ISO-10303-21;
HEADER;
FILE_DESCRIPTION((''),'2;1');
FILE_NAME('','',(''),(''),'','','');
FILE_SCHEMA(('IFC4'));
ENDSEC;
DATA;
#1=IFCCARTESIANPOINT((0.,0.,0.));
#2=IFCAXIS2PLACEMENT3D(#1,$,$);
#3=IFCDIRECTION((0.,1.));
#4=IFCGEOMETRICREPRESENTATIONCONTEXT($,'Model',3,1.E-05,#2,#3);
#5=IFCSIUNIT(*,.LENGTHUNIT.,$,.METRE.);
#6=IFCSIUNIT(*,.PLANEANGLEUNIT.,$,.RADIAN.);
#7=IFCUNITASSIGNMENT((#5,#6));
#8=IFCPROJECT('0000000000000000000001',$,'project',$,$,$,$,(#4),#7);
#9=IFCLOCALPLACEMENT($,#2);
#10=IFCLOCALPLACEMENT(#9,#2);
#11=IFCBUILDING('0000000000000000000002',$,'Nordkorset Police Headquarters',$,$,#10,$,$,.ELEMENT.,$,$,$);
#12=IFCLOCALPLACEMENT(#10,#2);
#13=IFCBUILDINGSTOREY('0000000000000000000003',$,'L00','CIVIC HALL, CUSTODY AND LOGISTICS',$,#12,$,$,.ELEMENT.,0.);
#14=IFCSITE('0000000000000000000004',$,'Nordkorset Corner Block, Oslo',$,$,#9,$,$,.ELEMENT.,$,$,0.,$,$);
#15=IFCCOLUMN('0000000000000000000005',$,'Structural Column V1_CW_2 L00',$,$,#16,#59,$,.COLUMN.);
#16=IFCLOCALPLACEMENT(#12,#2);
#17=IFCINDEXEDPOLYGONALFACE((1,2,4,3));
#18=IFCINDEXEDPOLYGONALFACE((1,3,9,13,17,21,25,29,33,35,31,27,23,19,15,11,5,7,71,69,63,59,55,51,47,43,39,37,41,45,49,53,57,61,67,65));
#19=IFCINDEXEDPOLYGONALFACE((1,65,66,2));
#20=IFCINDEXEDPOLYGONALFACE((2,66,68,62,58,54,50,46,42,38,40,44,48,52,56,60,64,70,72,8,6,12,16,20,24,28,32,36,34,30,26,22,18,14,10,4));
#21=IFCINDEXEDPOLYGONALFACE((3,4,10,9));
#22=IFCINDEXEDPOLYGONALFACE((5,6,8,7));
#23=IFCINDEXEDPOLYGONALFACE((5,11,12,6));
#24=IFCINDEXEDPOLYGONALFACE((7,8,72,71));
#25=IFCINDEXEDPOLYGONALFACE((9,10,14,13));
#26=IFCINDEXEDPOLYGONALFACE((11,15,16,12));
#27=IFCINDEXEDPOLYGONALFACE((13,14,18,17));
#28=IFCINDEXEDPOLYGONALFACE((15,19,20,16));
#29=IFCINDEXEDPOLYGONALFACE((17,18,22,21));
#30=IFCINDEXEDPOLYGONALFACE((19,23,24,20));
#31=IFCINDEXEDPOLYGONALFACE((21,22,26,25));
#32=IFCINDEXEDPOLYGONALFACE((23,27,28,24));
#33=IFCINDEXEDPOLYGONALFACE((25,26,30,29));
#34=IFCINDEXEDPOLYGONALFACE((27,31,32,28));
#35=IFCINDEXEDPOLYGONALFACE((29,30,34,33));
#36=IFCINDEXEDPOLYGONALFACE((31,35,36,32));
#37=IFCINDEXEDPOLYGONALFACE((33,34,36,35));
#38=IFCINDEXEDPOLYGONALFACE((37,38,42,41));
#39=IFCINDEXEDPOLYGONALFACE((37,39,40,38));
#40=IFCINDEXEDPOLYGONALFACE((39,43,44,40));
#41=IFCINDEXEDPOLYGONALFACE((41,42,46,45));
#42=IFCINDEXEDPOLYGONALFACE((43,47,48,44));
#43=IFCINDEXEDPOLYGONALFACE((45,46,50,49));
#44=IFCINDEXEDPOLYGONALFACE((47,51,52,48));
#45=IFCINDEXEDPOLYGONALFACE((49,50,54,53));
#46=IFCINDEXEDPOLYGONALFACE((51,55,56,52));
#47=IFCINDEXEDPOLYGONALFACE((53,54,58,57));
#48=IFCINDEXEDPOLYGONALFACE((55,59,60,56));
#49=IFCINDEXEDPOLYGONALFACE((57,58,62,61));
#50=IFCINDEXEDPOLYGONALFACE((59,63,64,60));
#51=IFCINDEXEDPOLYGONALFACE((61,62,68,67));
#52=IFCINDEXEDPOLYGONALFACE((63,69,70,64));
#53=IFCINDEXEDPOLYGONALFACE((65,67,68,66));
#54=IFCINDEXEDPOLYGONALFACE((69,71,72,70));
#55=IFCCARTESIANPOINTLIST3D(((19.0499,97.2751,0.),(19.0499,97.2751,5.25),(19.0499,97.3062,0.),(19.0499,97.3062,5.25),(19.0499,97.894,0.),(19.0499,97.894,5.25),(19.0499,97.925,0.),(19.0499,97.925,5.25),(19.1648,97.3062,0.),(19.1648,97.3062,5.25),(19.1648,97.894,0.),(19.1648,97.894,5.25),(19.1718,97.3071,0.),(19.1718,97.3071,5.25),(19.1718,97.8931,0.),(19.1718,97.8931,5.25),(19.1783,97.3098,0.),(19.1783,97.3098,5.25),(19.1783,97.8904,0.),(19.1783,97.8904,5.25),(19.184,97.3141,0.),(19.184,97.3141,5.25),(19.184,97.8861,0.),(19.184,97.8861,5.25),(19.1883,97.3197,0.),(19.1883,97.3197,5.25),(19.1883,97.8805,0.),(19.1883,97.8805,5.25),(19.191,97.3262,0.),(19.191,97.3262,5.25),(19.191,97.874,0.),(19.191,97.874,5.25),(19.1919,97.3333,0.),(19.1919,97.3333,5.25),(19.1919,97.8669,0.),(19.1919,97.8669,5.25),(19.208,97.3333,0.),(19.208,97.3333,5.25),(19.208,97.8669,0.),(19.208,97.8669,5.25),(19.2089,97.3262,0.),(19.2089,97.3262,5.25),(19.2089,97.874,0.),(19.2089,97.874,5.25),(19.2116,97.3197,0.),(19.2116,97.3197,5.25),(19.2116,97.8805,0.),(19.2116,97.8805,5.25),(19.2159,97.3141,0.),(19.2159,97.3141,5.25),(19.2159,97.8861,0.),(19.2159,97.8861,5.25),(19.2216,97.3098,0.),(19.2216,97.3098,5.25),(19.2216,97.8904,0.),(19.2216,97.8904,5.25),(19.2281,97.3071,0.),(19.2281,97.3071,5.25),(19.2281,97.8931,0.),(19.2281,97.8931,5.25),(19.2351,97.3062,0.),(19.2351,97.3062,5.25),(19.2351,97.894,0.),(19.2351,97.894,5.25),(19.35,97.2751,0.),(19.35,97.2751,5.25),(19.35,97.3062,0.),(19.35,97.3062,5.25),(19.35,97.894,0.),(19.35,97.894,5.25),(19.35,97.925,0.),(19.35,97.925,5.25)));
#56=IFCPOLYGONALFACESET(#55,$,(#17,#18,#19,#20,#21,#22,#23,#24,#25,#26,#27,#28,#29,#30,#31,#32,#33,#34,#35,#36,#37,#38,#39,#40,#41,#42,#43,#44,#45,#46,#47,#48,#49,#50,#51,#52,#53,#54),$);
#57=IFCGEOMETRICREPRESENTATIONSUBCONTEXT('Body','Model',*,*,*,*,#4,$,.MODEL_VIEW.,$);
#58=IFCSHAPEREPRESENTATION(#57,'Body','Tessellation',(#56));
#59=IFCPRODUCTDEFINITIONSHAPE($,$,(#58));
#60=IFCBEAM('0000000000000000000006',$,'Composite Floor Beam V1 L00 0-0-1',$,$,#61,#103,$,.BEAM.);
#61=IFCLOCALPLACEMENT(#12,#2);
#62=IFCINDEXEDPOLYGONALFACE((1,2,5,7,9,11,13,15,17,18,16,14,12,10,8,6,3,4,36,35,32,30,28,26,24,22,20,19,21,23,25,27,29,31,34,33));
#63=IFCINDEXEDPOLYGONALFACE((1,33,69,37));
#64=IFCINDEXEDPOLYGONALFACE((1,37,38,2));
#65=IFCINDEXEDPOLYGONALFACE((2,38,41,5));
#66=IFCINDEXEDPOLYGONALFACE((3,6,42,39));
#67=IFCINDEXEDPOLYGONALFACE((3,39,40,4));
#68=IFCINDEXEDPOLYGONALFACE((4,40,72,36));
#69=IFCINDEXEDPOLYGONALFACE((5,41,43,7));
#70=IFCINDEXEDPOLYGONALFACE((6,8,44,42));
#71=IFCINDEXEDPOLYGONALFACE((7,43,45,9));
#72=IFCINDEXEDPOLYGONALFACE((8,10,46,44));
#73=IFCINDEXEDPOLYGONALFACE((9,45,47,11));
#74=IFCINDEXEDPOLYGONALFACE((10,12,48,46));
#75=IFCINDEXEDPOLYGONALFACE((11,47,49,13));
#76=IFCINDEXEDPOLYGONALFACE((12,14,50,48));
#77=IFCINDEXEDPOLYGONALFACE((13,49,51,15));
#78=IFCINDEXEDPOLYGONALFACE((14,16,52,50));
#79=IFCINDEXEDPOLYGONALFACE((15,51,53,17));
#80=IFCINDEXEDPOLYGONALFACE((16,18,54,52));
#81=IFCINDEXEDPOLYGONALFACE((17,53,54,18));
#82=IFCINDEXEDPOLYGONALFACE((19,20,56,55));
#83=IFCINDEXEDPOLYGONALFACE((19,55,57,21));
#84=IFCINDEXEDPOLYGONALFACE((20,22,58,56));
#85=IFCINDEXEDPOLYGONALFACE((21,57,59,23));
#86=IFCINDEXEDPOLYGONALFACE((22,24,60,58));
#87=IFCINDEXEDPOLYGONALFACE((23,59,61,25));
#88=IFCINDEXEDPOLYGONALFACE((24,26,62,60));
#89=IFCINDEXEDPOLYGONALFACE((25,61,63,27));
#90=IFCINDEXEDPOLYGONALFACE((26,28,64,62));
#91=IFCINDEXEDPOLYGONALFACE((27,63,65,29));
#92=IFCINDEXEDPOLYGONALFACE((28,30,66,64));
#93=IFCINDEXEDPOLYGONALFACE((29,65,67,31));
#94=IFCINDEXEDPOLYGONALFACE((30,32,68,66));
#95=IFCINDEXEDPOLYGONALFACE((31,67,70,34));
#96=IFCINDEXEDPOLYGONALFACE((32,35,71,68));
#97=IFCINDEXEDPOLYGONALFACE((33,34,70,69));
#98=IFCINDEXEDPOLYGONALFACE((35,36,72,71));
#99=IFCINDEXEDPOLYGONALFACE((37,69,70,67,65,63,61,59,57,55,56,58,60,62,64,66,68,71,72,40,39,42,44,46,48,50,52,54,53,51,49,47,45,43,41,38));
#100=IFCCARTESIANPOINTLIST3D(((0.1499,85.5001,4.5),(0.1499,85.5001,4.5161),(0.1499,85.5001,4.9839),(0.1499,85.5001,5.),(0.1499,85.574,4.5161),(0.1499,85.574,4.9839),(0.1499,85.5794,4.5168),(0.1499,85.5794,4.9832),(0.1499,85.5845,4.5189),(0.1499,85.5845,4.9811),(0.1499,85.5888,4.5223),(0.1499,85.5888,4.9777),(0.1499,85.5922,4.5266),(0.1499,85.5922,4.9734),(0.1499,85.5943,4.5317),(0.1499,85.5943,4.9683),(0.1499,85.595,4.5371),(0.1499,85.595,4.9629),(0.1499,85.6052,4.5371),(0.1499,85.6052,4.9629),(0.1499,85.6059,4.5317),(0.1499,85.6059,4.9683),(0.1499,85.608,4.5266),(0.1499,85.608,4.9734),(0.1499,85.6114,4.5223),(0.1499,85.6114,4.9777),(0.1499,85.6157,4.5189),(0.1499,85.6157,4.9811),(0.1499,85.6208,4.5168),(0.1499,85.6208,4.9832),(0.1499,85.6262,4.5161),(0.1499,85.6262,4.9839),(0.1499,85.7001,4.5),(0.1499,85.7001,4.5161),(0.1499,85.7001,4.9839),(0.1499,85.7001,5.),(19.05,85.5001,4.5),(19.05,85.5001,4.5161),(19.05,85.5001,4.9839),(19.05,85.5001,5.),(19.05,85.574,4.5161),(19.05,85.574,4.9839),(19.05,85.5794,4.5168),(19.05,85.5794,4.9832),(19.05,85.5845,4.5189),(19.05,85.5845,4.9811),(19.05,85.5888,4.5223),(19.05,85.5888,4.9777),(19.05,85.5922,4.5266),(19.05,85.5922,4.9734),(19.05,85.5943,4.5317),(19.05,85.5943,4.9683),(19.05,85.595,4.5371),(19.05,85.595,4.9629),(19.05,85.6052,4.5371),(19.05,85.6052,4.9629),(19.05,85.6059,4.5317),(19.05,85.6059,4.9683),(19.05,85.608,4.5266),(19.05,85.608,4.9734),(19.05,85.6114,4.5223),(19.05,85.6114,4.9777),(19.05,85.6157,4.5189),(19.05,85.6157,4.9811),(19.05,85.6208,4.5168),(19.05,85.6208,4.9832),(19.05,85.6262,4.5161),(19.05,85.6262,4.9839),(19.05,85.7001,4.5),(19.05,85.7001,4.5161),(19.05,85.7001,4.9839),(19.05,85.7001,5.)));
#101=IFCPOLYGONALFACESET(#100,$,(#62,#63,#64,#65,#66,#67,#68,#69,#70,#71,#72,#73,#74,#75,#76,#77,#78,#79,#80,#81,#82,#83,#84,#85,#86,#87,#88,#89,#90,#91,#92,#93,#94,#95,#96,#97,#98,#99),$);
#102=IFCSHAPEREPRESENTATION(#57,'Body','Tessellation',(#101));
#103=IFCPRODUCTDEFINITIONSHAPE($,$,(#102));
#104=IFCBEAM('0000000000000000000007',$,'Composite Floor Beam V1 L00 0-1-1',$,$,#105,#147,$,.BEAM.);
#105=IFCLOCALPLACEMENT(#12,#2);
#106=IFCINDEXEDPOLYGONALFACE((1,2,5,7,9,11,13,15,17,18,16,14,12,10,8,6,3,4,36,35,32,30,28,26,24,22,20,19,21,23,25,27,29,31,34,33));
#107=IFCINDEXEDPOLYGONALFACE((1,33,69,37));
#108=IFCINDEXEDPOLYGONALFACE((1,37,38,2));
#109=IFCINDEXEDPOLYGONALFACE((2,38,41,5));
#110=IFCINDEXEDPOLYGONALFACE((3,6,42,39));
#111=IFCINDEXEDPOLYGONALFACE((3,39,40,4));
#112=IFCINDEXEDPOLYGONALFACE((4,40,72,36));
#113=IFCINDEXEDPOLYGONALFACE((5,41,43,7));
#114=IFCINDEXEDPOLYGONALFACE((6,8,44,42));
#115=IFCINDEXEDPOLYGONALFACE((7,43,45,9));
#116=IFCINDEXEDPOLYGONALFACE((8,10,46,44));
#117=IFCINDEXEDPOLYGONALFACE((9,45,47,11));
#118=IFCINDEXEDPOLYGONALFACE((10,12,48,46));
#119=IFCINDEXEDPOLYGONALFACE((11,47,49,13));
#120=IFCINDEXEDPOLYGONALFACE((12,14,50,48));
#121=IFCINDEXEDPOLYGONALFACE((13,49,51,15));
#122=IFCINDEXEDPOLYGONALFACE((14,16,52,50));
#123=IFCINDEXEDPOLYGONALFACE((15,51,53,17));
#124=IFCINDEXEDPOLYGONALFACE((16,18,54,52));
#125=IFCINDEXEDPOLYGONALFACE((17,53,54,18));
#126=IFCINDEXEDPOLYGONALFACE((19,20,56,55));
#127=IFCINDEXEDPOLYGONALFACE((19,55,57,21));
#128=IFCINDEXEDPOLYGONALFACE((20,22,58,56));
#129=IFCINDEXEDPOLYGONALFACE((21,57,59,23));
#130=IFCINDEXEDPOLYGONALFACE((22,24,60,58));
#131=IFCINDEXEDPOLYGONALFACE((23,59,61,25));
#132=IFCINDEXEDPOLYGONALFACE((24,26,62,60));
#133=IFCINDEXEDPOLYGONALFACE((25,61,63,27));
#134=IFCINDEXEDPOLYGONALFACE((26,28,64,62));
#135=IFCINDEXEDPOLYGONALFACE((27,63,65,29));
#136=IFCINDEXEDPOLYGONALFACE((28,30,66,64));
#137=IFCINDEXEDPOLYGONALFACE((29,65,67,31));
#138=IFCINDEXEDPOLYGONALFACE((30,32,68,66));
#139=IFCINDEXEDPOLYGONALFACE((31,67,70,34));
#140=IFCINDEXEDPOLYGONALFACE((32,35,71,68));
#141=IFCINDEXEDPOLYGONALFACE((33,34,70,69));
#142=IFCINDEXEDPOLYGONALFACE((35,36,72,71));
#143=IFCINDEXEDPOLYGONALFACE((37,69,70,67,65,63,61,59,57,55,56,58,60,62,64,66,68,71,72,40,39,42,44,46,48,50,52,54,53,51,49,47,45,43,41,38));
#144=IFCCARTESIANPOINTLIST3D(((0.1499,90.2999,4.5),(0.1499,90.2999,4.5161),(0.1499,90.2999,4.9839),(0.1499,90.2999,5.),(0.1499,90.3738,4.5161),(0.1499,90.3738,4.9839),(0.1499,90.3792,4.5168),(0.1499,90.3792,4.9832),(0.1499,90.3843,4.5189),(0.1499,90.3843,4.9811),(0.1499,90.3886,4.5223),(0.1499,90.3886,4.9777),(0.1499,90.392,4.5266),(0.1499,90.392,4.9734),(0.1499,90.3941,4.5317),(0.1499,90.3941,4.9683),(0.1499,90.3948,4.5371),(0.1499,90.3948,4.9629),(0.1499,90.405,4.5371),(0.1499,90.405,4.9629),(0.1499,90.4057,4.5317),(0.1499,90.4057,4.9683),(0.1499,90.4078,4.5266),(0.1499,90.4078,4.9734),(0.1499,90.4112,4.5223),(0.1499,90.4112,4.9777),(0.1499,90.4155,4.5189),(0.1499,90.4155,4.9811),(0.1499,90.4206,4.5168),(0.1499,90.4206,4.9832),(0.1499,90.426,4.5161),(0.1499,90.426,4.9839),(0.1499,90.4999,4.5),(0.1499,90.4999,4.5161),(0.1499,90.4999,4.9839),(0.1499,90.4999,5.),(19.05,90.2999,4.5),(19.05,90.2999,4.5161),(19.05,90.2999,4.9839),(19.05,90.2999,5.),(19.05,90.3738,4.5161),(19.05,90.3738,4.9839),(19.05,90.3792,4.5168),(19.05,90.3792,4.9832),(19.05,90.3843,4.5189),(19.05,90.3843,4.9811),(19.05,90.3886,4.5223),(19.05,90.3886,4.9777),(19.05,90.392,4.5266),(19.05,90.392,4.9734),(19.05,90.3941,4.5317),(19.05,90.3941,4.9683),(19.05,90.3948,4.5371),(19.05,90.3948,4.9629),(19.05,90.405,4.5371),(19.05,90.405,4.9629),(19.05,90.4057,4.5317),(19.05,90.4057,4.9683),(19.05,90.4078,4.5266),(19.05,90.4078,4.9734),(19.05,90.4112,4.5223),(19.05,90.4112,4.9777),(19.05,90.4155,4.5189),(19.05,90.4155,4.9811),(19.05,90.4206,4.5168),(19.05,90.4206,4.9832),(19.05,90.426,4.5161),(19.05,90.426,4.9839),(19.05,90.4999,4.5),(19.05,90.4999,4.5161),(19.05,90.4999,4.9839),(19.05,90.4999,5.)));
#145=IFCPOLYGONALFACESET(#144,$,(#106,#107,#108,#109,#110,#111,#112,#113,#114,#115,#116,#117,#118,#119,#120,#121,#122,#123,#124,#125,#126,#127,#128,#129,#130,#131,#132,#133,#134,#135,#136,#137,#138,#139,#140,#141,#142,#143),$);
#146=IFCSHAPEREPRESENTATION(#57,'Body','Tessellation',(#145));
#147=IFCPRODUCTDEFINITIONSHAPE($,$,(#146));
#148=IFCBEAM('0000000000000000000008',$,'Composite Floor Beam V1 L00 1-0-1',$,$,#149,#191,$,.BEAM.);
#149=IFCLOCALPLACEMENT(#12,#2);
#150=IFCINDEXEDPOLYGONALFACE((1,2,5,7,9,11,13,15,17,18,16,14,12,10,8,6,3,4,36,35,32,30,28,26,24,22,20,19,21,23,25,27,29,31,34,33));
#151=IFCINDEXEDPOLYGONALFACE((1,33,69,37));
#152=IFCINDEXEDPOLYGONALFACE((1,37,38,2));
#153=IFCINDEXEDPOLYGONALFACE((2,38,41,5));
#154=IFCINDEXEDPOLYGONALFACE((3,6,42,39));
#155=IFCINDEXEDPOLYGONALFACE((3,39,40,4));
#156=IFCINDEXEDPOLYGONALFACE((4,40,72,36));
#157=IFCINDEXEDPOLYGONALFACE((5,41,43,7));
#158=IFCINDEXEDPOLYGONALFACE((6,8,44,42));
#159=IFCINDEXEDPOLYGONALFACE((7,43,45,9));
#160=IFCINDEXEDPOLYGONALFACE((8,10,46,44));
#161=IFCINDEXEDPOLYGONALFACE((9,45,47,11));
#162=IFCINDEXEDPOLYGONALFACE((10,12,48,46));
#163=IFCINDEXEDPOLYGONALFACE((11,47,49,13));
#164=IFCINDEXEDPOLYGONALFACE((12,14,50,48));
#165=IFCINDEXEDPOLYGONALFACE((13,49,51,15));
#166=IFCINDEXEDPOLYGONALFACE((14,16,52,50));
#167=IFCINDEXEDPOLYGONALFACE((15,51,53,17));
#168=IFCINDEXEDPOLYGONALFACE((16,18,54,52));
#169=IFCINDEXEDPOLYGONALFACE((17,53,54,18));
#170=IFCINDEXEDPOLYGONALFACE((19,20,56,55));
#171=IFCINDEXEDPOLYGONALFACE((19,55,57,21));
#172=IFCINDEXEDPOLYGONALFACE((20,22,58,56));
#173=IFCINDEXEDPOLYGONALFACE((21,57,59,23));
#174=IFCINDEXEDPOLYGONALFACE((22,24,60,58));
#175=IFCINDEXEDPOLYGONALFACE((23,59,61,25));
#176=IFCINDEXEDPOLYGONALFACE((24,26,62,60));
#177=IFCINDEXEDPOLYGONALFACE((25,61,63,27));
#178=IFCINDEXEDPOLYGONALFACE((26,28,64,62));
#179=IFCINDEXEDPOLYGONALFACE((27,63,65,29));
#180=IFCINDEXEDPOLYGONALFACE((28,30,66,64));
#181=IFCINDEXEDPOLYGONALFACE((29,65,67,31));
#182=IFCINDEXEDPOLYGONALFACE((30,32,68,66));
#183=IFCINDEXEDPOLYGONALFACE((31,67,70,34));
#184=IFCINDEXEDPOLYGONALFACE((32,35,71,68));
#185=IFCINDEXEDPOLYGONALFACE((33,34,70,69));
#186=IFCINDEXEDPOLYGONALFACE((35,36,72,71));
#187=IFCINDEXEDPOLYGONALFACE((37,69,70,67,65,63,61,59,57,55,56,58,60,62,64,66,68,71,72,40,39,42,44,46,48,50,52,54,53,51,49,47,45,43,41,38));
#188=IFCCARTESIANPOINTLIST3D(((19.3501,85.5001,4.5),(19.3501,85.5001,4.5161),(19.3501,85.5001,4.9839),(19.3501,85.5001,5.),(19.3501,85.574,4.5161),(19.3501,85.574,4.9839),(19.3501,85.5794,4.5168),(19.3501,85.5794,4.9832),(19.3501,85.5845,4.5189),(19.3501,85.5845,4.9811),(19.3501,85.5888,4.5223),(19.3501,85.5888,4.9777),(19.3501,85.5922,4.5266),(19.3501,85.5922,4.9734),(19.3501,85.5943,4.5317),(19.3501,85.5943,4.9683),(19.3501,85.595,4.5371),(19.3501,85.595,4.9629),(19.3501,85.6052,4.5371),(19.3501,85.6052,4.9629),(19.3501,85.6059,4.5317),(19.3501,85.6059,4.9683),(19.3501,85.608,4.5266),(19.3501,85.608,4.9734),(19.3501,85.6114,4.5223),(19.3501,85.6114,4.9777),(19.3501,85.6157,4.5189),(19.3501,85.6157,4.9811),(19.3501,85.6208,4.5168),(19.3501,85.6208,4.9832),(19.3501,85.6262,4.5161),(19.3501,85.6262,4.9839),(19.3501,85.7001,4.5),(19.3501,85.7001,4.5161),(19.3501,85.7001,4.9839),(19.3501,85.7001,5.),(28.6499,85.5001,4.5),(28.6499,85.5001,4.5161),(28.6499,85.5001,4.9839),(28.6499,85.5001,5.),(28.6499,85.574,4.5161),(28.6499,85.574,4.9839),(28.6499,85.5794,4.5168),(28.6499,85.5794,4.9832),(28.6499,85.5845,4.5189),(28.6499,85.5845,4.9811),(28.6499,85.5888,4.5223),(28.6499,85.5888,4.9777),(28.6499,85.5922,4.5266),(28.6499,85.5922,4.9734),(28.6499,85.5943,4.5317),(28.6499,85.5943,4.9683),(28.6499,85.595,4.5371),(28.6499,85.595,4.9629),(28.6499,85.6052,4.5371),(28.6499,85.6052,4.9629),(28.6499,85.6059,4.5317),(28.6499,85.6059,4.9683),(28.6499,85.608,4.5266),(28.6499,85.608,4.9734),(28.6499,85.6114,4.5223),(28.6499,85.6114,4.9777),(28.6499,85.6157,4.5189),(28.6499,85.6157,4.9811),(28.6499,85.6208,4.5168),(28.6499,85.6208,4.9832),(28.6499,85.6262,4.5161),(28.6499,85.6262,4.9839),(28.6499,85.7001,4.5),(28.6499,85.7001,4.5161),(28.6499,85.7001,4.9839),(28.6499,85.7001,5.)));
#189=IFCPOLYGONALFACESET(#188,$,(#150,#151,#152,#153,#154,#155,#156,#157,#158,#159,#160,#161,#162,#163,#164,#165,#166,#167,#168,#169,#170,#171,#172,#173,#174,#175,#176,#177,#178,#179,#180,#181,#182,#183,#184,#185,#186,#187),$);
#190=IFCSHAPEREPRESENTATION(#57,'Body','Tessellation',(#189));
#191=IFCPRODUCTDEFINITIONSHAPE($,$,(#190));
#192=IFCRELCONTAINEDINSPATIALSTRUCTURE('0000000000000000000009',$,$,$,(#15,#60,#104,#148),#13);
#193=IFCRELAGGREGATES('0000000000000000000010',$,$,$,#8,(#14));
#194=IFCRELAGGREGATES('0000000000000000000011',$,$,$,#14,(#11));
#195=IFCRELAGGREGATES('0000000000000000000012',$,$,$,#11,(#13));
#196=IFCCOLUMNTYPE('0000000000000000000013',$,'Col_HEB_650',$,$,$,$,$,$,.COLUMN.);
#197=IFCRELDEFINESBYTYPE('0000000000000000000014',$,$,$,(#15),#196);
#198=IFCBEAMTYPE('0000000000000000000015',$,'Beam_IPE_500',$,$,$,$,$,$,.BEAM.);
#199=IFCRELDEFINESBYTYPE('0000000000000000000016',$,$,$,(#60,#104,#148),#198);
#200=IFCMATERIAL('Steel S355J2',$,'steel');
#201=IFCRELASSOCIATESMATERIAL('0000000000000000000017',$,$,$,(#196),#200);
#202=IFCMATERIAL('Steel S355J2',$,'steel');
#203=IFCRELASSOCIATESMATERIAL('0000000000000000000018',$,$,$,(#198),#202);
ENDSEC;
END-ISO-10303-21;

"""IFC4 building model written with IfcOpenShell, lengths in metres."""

from ifc_helpers import new_model, si_unit, direction, frame, origin, origin_2d, place, context, subcontext, project, spatial, i_section, extrude, material, material_profile, profile_set, type_object, element, save


model = new_model("IFC4")

# Units and contexts
model_context = context("Model", 3, precision=1e-05, world=origin(), true_north=direction((0.0, 1.0)))
body_context = subcontext(model_context, "Body", "Model", "MODEL_VIEW")
ifc_project = project(units=[si_unit("LENGTHUNIT", "METRE"), si_unit("PLANEANGLEUNIT", "RADIAN")], contexts=[model_context])

# Site, building, storey
site_placement = place(None, origin())
site = spatial("IfcSite", under=ifc_project, at=site_placement, Name="Nordkorset Corner Block, Oslo", CompositionType="ELEMENT", RefElevation=0.0)
building_placement = place(site_placement, origin())
building = spatial("IfcBuilding", under=site, at=building_placement, Name="Nordkorset Police Headquarters", CompositionType="ELEMENT")
storey_placement = place(building_placement, origin())
storey = spatial("IfcBuildingStorey", under=building, at=storey_placement, Name="L00", Description="CIVIC HALL, CUSTODY AND LOGISTICS", CompositionType="ELEMENT", Elevation=0.0)

# Column
ifc_material_1 = material(Name="Steel S355J2", Category="steel")
ifc_material_profile_1 = material_profile(ifc_material_1, i_section(OverallWidth=0.3, OverallDepth=0.6499, WebThickness=0.0161, FlangeThickness=0.031, FilletRadius=0.0271, at=origin_2d()), Name="HEB 650")
ifc_profile_set_1 = profile_set([ifc_material_profile_1], Name="Steel S355J2")
column_type_1 = type_object("IfcColumnType", Name="Col_HEB_650", PredefinedType="COLUMN", material=ifc_profile_set_1)
for number, where, z_axis, x_axis, name in (
    (1, (19.2, 97.6001, 0.0), (0.0, 0.0, 1.0), (1.0, 0.0, 0.0), "Structural Column V1_CW_2 L00"),
):
    element("IfcColumn", number, at=place(storey_placement, frame(where, z_axis=z_axis, x_axis=x_axis)), inside=storey, type_object=column_type_1, Name=name, PredefinedType="COLUMN", context=body_context, shape_type="SweptSolid", body=[
        extrude(i_section(OverallWidth=0.3, OverallDepth=0.6499, WebThickness=0.0161, FlangeThickness=0.031, FilletRadius=0.0271, at=origin_2d()), origin(), (0.0, 0.0, 1.0), 5.25),
    ])

# Beams
ifc_material_2 = material(Name="Steel S355J2", Category="steel")
ifc_material_profile_2 = material_profile(ifc_material_2, i_section(OverallWidth=0.2, OverallDepth=0.5, WebThickness=0.0103, FlangeThickness=0.0161, FilletRadius=0.021, at=origin_2d()), Name="IPE 500")
ifc_profile_set_2 = profile_set([ifc_material_profile_2], Name="Steel S355J2")
beam_type_1 = type_object("IfcBeamType", Name="Beam_IPE_500", PredefinedType="BEAM", material=ifc_profile_set_2)
for number, where, z_axis, x_axis, name in (
    (2, (0.1499, 85.6001, 4.75), (1.0, 0.0, 0.0), (0.0, 1.0, 0.0), "Composite Floor Beam V1 L00 0-0-1"),
    (3, (0.1499, 90.3999, 4.75), (1.0, 0.0, 0.0), (0.0, 1.0, 0.0), "Composite Floor Beam V1 L00 0-1-1"),
):
    element("IfcBeam", number, at=place(storey_placement, frame(where, z_axis=z_axis, x_axis=x_axis)), inside=storey, type_object=beam_type_1, Name=name, PredefinedType="BEAM", context=body_context, shape_type="SweptSolid", body=[
        extrude(i_section(OverallWidth=0.2, OverallDepth=0.5, WebThickness=0.0103, FlangeThickness=0.0161, FilletRadius=0.021, at=origin_2d()), origin(), (0.0, 0.0, 1.0), 18.9001),
    ])
beam_1_placement = place(storey_placement, frame((19.3501, 85.6001, 4.75), z_axis=(1.0, 0.0, 0.0), x_axis=(0.0, 1.0, 0.0)))
element("IfcBeam", 4, at=beam_1_placement, inside=storey, type_object=beam_type_1, Name="Composite Floor Beam V1 L00 1-0-1", PredefinedType="BEAM", context=body_context, shape_type="SweptSolid", body=[
    extrude(i_section(OverallWidth=0.2, OverallDepth=0.5, WebThickness=0.0103, FlangeThickness=0.0161, FilletRadius=0.021, at=origin_2d()), origin(), (0.0, 0.0, 1.0), 9.2998),
])

save(model, "model.ifc")
